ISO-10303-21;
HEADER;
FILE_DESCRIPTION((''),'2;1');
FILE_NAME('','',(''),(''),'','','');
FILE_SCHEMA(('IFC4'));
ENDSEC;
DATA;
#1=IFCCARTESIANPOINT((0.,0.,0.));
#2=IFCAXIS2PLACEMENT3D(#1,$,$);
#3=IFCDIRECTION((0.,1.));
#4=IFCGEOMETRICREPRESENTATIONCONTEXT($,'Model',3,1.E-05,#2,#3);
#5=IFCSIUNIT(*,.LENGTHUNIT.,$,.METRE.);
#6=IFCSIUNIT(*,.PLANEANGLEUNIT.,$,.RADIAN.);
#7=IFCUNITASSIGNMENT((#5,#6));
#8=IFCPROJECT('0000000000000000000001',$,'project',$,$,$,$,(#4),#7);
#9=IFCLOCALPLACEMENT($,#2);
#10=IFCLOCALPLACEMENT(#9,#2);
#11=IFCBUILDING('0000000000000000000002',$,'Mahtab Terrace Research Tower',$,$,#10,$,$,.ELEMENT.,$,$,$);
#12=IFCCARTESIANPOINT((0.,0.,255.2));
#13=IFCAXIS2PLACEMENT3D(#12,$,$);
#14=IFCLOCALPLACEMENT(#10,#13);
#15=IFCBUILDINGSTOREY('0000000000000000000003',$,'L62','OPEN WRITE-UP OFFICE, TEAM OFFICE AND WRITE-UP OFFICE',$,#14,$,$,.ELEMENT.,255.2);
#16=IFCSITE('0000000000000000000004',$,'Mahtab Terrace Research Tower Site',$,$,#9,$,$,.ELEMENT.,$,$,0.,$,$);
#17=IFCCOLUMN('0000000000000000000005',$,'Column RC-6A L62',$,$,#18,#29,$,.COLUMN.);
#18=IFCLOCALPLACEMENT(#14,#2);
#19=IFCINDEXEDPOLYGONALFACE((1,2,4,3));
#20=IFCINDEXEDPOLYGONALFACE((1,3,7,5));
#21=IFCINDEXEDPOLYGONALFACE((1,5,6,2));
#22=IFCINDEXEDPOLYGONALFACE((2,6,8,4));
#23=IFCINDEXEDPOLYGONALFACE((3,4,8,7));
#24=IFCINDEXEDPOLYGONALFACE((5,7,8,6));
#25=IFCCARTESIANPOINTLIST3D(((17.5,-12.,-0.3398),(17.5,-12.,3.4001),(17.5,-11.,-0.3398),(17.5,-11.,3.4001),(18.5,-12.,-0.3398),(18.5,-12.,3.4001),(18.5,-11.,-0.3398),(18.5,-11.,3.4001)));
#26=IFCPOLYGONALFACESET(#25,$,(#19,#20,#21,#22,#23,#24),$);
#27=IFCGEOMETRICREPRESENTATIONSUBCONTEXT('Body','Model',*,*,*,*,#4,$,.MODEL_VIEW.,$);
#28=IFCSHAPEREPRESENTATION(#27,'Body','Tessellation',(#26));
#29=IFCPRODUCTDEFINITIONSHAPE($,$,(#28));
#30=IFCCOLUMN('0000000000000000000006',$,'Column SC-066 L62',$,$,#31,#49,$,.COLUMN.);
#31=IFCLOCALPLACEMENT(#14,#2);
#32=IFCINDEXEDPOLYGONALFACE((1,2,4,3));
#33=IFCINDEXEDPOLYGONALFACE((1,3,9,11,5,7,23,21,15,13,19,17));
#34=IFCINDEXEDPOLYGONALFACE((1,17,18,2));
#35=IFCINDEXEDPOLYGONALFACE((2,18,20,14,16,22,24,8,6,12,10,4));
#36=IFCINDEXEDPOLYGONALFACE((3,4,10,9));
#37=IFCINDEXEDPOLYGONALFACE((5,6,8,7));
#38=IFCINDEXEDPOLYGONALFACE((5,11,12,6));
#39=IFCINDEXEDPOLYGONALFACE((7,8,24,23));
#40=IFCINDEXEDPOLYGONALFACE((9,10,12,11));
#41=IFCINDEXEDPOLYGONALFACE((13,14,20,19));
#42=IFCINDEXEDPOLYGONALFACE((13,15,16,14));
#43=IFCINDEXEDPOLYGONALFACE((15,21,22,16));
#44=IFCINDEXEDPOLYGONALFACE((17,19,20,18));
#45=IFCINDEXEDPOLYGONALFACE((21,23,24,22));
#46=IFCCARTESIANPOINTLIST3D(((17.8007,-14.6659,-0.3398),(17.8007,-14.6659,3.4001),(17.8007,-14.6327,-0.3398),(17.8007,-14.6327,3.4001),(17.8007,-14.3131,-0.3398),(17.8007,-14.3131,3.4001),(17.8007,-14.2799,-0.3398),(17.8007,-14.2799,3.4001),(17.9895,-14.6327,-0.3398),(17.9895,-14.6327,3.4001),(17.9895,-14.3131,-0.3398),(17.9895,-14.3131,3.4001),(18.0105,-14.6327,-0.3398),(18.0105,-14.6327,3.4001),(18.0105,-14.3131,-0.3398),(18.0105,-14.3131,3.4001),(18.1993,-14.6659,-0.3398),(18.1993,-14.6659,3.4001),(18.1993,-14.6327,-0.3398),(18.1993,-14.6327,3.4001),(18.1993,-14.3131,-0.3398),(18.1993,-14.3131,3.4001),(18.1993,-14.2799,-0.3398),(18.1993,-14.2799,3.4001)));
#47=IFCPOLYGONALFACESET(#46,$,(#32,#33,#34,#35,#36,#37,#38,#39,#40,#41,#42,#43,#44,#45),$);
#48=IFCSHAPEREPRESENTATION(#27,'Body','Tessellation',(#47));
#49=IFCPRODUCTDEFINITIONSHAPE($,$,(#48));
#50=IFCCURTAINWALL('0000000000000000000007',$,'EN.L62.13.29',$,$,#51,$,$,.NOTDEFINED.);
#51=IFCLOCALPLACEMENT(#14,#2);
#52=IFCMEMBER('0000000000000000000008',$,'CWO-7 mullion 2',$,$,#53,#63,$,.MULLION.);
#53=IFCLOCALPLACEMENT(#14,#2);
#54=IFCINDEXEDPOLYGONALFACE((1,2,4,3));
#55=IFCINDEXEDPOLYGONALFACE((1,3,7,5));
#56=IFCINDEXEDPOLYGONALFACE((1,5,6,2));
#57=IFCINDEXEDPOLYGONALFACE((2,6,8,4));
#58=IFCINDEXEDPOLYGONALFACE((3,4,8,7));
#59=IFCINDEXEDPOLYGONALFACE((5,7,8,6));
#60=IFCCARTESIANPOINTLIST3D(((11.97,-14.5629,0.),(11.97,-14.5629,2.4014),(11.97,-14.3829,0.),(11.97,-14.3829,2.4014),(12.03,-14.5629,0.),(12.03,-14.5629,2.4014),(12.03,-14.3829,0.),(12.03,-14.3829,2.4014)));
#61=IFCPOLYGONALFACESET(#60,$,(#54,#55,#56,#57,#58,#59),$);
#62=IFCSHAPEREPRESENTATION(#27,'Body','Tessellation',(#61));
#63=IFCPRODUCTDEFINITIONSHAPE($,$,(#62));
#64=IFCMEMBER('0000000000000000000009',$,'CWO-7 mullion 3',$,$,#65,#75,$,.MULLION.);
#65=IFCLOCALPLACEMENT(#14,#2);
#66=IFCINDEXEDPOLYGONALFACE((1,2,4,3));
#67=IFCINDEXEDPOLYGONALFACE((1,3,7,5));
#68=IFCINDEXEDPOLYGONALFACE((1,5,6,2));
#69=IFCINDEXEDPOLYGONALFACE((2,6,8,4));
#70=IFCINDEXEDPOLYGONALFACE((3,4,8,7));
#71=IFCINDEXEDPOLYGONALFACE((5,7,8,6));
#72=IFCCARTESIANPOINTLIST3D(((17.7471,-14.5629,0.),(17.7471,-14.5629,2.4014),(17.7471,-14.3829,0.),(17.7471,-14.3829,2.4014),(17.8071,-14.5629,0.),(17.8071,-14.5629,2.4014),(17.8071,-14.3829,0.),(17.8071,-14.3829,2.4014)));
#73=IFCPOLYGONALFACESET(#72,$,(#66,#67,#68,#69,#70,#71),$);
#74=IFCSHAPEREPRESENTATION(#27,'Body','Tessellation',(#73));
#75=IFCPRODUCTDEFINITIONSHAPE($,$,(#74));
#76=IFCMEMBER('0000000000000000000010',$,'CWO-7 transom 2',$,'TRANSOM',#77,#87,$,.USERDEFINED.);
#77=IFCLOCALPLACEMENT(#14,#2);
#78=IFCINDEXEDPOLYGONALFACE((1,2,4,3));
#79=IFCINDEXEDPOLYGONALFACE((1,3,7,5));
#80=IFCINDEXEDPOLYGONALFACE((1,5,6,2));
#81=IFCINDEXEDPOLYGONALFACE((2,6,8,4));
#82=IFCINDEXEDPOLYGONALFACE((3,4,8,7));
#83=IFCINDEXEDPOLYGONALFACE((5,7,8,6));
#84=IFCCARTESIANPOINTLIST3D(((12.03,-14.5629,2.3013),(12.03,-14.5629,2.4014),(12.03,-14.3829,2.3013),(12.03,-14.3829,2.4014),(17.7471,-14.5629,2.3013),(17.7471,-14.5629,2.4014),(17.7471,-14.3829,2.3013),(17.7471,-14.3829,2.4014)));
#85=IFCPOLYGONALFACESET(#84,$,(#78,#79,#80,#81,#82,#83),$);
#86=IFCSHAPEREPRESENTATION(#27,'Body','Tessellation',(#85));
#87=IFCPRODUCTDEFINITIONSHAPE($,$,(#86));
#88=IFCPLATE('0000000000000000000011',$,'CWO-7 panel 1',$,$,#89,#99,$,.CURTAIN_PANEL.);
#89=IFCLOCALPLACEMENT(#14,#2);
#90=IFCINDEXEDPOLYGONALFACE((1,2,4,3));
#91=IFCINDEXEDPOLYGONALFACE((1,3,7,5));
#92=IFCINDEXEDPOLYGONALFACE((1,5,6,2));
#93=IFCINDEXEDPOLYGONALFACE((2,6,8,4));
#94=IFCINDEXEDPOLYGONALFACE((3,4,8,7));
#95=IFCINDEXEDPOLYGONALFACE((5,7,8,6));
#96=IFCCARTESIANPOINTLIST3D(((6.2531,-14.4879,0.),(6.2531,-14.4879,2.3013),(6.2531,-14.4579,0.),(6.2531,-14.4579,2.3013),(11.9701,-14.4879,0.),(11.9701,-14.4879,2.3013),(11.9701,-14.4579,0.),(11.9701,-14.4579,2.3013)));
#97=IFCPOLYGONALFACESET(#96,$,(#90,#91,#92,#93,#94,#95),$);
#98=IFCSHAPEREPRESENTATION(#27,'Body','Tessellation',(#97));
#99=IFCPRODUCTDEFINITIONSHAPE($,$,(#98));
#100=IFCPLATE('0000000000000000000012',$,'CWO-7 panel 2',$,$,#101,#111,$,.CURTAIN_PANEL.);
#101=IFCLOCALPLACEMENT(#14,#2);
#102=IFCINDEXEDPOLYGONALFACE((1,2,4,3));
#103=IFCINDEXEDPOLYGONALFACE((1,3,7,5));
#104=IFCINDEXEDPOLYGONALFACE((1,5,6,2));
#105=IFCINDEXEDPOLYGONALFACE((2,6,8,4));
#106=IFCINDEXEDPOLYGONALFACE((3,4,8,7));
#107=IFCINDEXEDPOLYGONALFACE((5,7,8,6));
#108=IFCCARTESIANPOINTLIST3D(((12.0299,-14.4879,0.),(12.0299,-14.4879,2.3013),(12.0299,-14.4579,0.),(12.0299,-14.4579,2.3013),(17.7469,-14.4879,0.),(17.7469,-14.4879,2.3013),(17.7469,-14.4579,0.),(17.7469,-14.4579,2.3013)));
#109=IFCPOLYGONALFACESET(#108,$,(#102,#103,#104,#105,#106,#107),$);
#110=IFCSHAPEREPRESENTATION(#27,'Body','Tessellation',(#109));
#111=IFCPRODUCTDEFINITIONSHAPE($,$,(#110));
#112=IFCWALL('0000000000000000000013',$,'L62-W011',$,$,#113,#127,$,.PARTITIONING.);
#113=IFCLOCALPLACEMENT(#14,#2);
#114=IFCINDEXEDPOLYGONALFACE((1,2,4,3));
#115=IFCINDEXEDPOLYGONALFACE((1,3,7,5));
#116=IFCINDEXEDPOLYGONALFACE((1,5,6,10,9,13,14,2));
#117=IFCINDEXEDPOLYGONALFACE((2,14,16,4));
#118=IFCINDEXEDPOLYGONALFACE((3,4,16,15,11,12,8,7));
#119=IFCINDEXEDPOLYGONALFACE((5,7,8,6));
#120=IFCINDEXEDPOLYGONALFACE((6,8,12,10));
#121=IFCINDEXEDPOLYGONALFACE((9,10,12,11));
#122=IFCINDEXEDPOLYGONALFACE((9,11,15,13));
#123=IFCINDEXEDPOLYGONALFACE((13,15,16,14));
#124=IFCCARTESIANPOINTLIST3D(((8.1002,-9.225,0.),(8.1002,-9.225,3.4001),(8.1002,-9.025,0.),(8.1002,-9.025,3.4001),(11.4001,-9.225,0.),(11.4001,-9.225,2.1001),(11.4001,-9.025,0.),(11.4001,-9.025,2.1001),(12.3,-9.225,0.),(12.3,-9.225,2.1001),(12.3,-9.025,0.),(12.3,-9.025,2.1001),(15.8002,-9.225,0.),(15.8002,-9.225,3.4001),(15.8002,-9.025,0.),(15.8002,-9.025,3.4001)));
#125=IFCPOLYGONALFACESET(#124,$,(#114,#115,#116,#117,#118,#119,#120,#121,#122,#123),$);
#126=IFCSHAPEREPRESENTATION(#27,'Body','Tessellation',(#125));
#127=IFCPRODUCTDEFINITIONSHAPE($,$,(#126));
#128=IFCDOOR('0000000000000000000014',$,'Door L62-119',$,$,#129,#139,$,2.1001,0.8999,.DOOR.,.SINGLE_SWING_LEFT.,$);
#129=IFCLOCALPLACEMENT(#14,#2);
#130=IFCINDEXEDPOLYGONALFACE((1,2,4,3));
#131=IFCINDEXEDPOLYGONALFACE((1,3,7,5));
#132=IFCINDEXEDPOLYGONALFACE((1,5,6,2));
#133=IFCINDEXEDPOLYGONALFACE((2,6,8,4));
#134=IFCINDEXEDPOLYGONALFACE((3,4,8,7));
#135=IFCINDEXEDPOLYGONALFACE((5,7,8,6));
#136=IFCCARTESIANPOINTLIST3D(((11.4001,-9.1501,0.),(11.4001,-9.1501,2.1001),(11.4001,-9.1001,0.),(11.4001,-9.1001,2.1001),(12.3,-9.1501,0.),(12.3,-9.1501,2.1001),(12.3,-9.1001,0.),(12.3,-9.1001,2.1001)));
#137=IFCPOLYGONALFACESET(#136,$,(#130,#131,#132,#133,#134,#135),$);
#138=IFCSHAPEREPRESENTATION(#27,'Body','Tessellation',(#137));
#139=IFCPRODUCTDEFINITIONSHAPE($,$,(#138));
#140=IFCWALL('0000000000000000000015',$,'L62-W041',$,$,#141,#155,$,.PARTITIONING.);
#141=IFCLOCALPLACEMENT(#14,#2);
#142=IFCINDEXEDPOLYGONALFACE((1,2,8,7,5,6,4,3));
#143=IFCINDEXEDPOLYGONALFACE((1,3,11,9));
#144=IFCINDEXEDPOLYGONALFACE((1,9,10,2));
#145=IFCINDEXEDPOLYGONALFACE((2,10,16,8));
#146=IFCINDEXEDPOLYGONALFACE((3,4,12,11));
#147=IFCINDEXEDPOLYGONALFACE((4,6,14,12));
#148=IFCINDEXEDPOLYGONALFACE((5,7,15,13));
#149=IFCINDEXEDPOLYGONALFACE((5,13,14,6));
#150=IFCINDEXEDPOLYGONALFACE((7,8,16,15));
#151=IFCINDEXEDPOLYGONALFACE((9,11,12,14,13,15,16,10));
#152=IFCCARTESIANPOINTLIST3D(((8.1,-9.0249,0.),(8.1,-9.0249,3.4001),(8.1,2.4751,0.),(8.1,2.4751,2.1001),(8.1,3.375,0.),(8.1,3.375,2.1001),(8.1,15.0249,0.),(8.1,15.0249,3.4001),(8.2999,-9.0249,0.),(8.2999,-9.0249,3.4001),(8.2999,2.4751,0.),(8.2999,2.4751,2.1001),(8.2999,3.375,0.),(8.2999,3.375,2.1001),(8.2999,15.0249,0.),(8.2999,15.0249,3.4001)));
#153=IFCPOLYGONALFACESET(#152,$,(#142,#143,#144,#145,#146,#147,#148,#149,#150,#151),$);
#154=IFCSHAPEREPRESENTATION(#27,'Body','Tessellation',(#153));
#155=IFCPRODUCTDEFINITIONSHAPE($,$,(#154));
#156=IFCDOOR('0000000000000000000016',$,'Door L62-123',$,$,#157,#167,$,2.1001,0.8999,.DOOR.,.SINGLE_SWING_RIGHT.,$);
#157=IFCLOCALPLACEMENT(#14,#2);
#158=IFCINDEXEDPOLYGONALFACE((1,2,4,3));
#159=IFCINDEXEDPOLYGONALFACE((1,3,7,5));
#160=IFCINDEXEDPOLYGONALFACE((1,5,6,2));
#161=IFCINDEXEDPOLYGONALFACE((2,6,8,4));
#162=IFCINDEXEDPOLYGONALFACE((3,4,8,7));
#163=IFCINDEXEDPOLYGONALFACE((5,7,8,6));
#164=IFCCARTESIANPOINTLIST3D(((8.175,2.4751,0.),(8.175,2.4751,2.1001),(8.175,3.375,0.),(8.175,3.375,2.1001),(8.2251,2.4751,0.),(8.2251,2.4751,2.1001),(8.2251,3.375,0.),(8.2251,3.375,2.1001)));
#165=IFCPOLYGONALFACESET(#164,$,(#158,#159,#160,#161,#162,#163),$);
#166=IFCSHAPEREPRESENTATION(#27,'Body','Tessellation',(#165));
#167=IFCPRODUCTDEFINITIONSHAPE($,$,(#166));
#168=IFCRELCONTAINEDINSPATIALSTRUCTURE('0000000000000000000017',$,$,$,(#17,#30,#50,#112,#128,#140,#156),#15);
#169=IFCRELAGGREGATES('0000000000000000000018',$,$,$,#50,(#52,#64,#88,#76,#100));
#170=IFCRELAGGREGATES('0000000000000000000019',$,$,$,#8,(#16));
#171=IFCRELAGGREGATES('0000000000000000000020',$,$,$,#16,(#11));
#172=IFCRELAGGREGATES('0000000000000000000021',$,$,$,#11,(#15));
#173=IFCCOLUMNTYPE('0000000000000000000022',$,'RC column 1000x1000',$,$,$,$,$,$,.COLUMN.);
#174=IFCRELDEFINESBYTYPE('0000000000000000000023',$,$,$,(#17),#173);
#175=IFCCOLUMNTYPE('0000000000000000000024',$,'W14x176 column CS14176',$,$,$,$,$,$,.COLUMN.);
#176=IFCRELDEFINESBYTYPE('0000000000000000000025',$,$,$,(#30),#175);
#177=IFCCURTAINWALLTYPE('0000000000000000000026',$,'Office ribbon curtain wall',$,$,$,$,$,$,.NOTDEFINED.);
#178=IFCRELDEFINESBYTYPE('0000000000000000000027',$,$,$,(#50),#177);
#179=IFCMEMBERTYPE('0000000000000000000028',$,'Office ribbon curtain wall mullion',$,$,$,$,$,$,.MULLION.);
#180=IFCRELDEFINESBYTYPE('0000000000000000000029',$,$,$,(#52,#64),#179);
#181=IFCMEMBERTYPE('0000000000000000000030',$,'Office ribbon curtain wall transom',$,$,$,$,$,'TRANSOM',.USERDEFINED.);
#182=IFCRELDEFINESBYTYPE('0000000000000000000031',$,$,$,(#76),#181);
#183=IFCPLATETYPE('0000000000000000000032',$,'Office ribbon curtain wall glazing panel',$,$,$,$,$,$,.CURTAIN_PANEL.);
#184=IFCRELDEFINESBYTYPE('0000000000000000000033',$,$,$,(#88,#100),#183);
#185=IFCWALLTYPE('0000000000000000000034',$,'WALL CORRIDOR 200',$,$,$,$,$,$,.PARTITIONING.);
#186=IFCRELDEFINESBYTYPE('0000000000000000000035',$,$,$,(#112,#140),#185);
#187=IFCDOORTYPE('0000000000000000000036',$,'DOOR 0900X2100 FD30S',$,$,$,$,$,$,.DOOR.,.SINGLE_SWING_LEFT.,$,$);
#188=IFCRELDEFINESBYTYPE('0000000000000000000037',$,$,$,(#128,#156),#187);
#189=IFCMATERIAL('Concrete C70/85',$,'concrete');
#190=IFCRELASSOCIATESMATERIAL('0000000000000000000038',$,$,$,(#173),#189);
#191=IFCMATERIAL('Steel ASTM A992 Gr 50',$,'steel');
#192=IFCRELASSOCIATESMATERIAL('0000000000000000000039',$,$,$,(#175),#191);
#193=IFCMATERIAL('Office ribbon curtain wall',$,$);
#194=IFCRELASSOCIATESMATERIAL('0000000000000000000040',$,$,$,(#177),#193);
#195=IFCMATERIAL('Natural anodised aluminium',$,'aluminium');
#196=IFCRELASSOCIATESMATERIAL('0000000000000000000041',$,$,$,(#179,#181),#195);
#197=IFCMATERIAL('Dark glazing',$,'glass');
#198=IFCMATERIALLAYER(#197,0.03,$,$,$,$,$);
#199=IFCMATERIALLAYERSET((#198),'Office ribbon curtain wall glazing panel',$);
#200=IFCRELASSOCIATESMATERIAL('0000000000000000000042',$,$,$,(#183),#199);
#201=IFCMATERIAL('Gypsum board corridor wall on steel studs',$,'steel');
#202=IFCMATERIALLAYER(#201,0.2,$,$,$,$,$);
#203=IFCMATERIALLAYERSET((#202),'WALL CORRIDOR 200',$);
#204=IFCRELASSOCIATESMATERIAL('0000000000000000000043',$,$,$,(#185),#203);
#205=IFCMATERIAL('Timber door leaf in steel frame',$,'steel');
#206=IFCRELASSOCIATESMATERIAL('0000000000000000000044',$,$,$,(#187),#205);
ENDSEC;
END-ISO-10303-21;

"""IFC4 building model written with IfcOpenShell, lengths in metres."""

from ifc_helpers import new_model, si_unit, direction, frame, frame_2d, origin, origin_2d, place, context, subcontext, project, spatial, rectangle, i_section, extrude, material, layer, layer_set, material_profile, profile_set, type_object, element, fill, aggregate, save


model = new_model("IFC4")

# Units and contexts
model_context = context("Model", 3, precision=1e-05, world=origin(), true_north=direction((0.0, 1.0)))
body_context = subcontext(model_context, "Body", "Model", "MODEL_VIEW")
ifc_project = project(units=[si_unit("LENGTHUNIT", "METRE"), si_unit("PLANEANGLEUNIT", "RADIAN")], contexts=[model_context])

# Site, building, storey
site_placement = place(None, origin())
site = spatial("IfcSite", under=ifc_project, at=site_placement, Name="Mahtab Terrace Research Tower Site", CompositionType="ELEMENT", RefElevation=0.0)
building_placement = place(site_placement, origin())
building = spatial("IfcBuilding", under=site, at=building_placement, Name="Mahtab Terrace Research Tower", CompositionType="ELEMENT")
storey_placement = place(building_placement, frame((0.0, 0.0, 255.2)))
storey = spatial("IfcBuildingStorey", under=building, at=storey_placement, Name="L62", Description="OPEN WRITE-UP OFFICE, TEAM OFFICE AND WRITE-UP OFFICE", CompositionType="ELEMENT", Elevation=255.2)

# Columns
ifc_material_1 = material(Name="Concrete C70/85", Category="concrete")
ifc_material_profile_1 = material_profile(ifc_material_1, rectangle(XDim=1.0, YDim=1.0, at=origin_2d()), Name="RC column 1000x1000")
ifc_profile_set_1 = profile_set([ifc_material_profile_1], Name="Concrete C70/85")
column_type_1 = type_object("IfcColumnType", Name="RC column 1000x1000", PredefinedType="COLUMN", material=ifc_profile_set_1)
column_1_placement = place(storey_placement, frame((18.0, -11.5, -0.3398), z_axis=(0.0, 0.0, 1.0), x_axis=(1.0, 0.0, 0.0)))
element("IfcColumn", 1, at=column_1_placement, inside=storey, type_object=column_type_1, Name="Column RC-6A L62", PredefinedType="COLUMN", context=body_context, shape_type="SweptSolid", body=[
    extrude(rectangle(XDim=1.0, YDim=1.0, at=origin_2d()), origin(), (0.0, 0.0, 1.0), 3.74),
])
ifc_material_2 = material(Name="Steel ASTM A992 Gr 50", Category="steel")
ifc_material_profile_2 = material_profile(ifc_material_2, i_section(OverallWidth=0.3987, OverallDepth=0.386, WebThickness=0.021, FlangeThickness=0.0332, at=origin_2d()), Name="W14X176")
ifc_profile_set_2 = profile_set([ifc_material_profile_2], Name="Steel ASTM A992 Gr 50")
column_type_2 = type_object("IfcColumnType", Name="W14x176 column CS14176", PredefinedType="COLUMN", material=ifc_profile_set_2)
column_2_placement = place(storey_placement, frame((18.0, -14.4729, -0.3398), z_axis=(0.0, 0.0, 1.0), x_axis=(1.0, 0.0, 0.0)))
element("IfcColumn", 2, at=column_2_placement, inside=storey, type_object=column_type_2, Name="Column SC-066 L62", PredefinedType="COLUMN", context=body_context, shape_type="SweptSolid", body=[
    extrude(i_section(OverallWidth=0.3987, OverallDepth=0.386, WebThickness=0.021, FlangeThickness=0.0332, at=origin_2d()), origin(), (0.0, 0.0, 1.0), 3.74),
])

# Curtain wall, members, plates
ifc_material_3 = material(Name="Office ribbon curtain wall")
curtain_wall_type = type_object("IfcCurtainWallType", Name="Office ribbon curtain wall", PredefinedType="NOTDEFINED", material=ifc_material_3)
curtain_wall_placement = place(storey_placement, origin())
curtain_wall = element("IfcCurtainWall", 3, at=curtain_wall_placement, inside=storey, type_object=curtain_wall_type, Name="EN.L62.13.29", PredefinedType="NOTDEFINED")
ifc_material_4 = material(Name="Natural anodised aluminium", Category="aluminium")
ifc_material_profile_3 = material_profile(ifc_material_4, rectangle(XDim=0.1799, YDim=0.0601, at=origin_2d()), Name="MULLION 60x180")
ifc_profile_set_3 = profile_set([ifc_material_profile_3], Name="Natural anodised aluminium")
member_type_1 = type_object("IfcMemberType", Name="Office ribbon curtain wall mullion", PredefinedType="MULLION", material=ifc_profile_set_3)
member_1_placement = place(storey_placement, frame((12.0, -14.4729, 0.0), z_axis=(0.0, 0.0, 1.0), x_axis=(0.0, 1.0, 0.0)))
member_1 = element("IfcMember", 4, at=member_1_placement, type_object=member_type_1, Name="CWO-7 mullion 2", PredefinedType="MULLION", context=body_context, shape_type="SweptSolid", body=[
    extrude(rectangle(XDim=0.1799, YDim=0.0601, at=origin_2d()), origin(), (0.0, 0.0, 1.0), 2.4014),
])
member_2_placement = place(storey_placement, frame((17.7771, -14.4729, 0.0), z_axis=(0.0, 0.0, 1.0), x_axis=(0.0, 1.0, 0.0)))
member_2 = element("IfcMember", 5, at=member_2_placement, type_object=member_type_1, Name="CWO-7 mullion 3", PredefinedType="MULLION", context=body_context, shape_type="SweptSolid", body=[
    extrude(rectangle(XDim=0.1799, YDim=0.0601, at=origin_2d()), origin(), (0.0, 0.0, 1.0), 2.4014),
])
ifc_material_profile_4 = material_profile(ifc_material_4, rectangle(XDim=0.1799, YDim=0.1001, at=origin_2d()), Name="TRANSOM 100x180")
ifc_profile_set_4 = profile_set([ifc_material_profile_4], Name="Natural anodised aluminium")
member_type_2 = type_object("IfcMemberType", Name="Office ribbon curtain wall transom", ElementType="TRANSOM", PredefinedType="USERDEFINED", material=ifc_profile_set_4)
member_3_placement = place(storey_placement, frame((12.03, -14.4729, 2.3513), z_axis=(1.0, 0.0, 0.0), x_axis=(0.0, 1.0, 0.0)))
member_3 = element("IfcMember", 6, at=member_3_placement, type_object=member_type_2, Name="CWO-7 transom 2", ObjectType="TRANSOM", PredefinedType="USERDEFINED", context=body_context, shape_type="SweptSolid", body=[
    extrude(rectangle(XDim=0.1799, YDim=0.1001, at=origin_2d()), origin(), (0.0, 0.0, 1.0), 5.717),
])
ifc_material_5 = material(Name="Dark glazing", Category="glass")
ifc_layer_1 = layer(ifc_material_5, 0.03)
ifc_layer_set_1 = layer_set([ifc_layer_1], Name="Office ribbon curtain wall glazing panel")
plate_type = type_object("IfcPlateType", Name="Office ribbon curtain wall glazing panel", PredefinedType="CURTAIN_PANEL", material=ifc_layer_set_1)
plate_1_placement = place(storey_placement, frame((9.1116, -14.4729, 0.0), z_axis=(0.0, 0.0, 1.0), x_axis=(1.0, 0.0, 0.0)))
plate_1 = element("IfcPlate", 7, at=plate_1_placement, type_object=plate_type, Name="CWO-7 panel 1", PredefinedType="CURTAIN_PANEL", context=body_context, shape_type="SweptSolid", body=[
    extrude(rectangle(XDim=5.717, YDim=0.03, at=origin_2d()), origin(), (0.0, 0.0, 1.0), 2.3013),
])
plate_2_placement = place(storey_placement, frame((14.8884, -14.4729, 0.0), z_axis=(0.0, 0.0, 1.0), x_axis=(1.0, 0.0, 0.0)))
plate_2 = element("IfcPlate", 8, at=plate_2_placement, type_object=plate_type, Name="CWO-7 panel 2", PredefinedType="CURTAIN_PANEL", context=body_context, shape_type="SweptSolid", body=[
    extrude(rectangle(XDim=5.717, YDim=0.03, at=origin_2d()), origin(), (0.0, 0.0, 1.0), 2.3013),
])
aggregate(curtain_wall, [member_1, member_2, plate_1, member_3, plate_2])

# Walls, openings, doors
ifc_material_6 = material(Name="Gypsum board corridor wall on steel studs", Category="steel")
ifc_layer_2 = layer(ifc_material_6, 0.2)
ifc_layer_set_2 = layer_set([ifc_layer_2], Name="WALL CORRIDOR 200")
wall_type_1 = type_object("IfcWallType", Name="WALL CORRIDOR 200", PredefinedType="PARTITIONING", material=ifc_layer_set_2)
wall_1_placement = place(storey_placement, frame((8.1001, -9.125, 0.0), z_axis=(0.0, 0.0, 1.0), x_axis=(1.0, 0.0, 0.0)))
wall_1 = element("IfcWall", 9, at=wall_1_placement, inside=storey, type_object=wall_type_1, Name="L62-W011", PredefinedType="PARTITIONING", context=body_context, shape_type="SweptSolid", body=[
    extrude(rectangle(XDim=7.7, YDim=0.2, at=frame_2d((3.8501, 0.0))), origin(), (0.0, 0.0, 1.0), 3.4001),
])
opening_1_placement = place(wall_1_placement, frame((3.3, 0.0, 0.0)))
opening_1 = element("IfcOpeningElement", 10, at=opening_1_placement, cuts=wall_1, PredefinedType="OPENING", context=body_context, shape_type="SweptSolid", body=[
    extrude(rectangle(XDim=0.8999, YDim=2.1001, at=frame_2d((0.45, 1.05))), frame((0.0, 0.1099, 0.0), z_axis=(0.0, -1.0, 0.0), x_axis=(1.0, 0.0, 0.0)), (0.0, 0.0, 1.0), 0.22),
])
ifc_material_7 = material(Name="Timber door leaf in steel frame", Category="steel")
door_type = type_object("IfcDoorType", Name="DOOR 0900X2100 FD30S", OperationType="SINGLE_SWING_LEFT", PredefinedType="DOOR", material=ifc_material_7)
door_1_placement = place(opening_1_placement, origin())
door_1 = element("IfcDoor", 11, at=door_1_placement, inside=storey, type_object=door_type, Name="Door L62-119", OperationType="SINGLE_SWING_LEFT", OverallHeight=2.1001, OverallWidth=0.8999, PredefinedType="DOOR", context=body_context, shape_type="SweptSolid", body=[
    extrude(rectangle(XDim=0.8999, YDim=2.1001, at=frame_2d((0.45, 1.05))), frame((0.0, 0.0249, 0.0), z_axis=(0.0, -1.0, 0.0), x_axis=(1.0, 0.0, 0.0)), (0.0, 0.0, 1.0), 0.05),
])
fill(opening_1, door_1)
wall_2_placement = place(storey_placement, frame((8.2, -9.0249, 0.0), z_axis=(0.0, 0.0, 1.0), x_axis=(0.0, 1.0, 0.0)))
wall_2 = element("IfcWall", 12, at=wall_2_placement, inside=storey, type_object=wall_type_1, Name="L62-W041", PredefinedType="PARTITIONING", context=body_context, shape_type="SweptSolid", body=[
    extrude(rectangle(XDim=24.0498, YDim=0.2, at=frame_2d((12.0249, 0.0))), origin(), (0.0, 0.0, 1.0), 3.4001),
])
opening_2_placement = place(wall_2_placement, frame((11.5, 0.0, 0.0)))
opening_2 = element("IfcOpeningElement", 13, at=opening_2_placement, cuts=wall_2, PredefinedType="OPENING", context=body_context, shape_type="SweptSolid", body=[
    extrude(rectangle(XDim=0.8999, YDim=2.1001, at=frame_2d((0.45, 1.05))), frame((0.0, 0.1099, 0.0), z_axis=(0.0, -1.0, 0.0), x_axis=(1.0, 0.0, 0.0)), (0.0, 0.0, 1.0), 0.22),
])
door_2_placement = place(opening_2_placement, origin())
door_2 = element("IfcDoor", 14, at=door_2_placement, inside=storey, type_object=door_type, Name="Door L62-123", OperationType="SINGLE_SWING_RIGHT", OverallHeight=2.1001, OverallWidth=0.8999, PredefinedType="DOOR", context=body_context, shape_type="SweptSolid", body=[
    extrude(rectangle(XDim=0.8999, YDim=2.1001, at=frame_2d((0.45, 1.05))), frame((0.0, 0.0249, 0.0), z_axis=(0.0, -1.0, 0.0), x_axis=(1.0, 0.0, 0.0)), (0.0, 0.0, 1.0), 0.05),
])
fill(opening_2, door_2)

save(model, "model.ifc")
